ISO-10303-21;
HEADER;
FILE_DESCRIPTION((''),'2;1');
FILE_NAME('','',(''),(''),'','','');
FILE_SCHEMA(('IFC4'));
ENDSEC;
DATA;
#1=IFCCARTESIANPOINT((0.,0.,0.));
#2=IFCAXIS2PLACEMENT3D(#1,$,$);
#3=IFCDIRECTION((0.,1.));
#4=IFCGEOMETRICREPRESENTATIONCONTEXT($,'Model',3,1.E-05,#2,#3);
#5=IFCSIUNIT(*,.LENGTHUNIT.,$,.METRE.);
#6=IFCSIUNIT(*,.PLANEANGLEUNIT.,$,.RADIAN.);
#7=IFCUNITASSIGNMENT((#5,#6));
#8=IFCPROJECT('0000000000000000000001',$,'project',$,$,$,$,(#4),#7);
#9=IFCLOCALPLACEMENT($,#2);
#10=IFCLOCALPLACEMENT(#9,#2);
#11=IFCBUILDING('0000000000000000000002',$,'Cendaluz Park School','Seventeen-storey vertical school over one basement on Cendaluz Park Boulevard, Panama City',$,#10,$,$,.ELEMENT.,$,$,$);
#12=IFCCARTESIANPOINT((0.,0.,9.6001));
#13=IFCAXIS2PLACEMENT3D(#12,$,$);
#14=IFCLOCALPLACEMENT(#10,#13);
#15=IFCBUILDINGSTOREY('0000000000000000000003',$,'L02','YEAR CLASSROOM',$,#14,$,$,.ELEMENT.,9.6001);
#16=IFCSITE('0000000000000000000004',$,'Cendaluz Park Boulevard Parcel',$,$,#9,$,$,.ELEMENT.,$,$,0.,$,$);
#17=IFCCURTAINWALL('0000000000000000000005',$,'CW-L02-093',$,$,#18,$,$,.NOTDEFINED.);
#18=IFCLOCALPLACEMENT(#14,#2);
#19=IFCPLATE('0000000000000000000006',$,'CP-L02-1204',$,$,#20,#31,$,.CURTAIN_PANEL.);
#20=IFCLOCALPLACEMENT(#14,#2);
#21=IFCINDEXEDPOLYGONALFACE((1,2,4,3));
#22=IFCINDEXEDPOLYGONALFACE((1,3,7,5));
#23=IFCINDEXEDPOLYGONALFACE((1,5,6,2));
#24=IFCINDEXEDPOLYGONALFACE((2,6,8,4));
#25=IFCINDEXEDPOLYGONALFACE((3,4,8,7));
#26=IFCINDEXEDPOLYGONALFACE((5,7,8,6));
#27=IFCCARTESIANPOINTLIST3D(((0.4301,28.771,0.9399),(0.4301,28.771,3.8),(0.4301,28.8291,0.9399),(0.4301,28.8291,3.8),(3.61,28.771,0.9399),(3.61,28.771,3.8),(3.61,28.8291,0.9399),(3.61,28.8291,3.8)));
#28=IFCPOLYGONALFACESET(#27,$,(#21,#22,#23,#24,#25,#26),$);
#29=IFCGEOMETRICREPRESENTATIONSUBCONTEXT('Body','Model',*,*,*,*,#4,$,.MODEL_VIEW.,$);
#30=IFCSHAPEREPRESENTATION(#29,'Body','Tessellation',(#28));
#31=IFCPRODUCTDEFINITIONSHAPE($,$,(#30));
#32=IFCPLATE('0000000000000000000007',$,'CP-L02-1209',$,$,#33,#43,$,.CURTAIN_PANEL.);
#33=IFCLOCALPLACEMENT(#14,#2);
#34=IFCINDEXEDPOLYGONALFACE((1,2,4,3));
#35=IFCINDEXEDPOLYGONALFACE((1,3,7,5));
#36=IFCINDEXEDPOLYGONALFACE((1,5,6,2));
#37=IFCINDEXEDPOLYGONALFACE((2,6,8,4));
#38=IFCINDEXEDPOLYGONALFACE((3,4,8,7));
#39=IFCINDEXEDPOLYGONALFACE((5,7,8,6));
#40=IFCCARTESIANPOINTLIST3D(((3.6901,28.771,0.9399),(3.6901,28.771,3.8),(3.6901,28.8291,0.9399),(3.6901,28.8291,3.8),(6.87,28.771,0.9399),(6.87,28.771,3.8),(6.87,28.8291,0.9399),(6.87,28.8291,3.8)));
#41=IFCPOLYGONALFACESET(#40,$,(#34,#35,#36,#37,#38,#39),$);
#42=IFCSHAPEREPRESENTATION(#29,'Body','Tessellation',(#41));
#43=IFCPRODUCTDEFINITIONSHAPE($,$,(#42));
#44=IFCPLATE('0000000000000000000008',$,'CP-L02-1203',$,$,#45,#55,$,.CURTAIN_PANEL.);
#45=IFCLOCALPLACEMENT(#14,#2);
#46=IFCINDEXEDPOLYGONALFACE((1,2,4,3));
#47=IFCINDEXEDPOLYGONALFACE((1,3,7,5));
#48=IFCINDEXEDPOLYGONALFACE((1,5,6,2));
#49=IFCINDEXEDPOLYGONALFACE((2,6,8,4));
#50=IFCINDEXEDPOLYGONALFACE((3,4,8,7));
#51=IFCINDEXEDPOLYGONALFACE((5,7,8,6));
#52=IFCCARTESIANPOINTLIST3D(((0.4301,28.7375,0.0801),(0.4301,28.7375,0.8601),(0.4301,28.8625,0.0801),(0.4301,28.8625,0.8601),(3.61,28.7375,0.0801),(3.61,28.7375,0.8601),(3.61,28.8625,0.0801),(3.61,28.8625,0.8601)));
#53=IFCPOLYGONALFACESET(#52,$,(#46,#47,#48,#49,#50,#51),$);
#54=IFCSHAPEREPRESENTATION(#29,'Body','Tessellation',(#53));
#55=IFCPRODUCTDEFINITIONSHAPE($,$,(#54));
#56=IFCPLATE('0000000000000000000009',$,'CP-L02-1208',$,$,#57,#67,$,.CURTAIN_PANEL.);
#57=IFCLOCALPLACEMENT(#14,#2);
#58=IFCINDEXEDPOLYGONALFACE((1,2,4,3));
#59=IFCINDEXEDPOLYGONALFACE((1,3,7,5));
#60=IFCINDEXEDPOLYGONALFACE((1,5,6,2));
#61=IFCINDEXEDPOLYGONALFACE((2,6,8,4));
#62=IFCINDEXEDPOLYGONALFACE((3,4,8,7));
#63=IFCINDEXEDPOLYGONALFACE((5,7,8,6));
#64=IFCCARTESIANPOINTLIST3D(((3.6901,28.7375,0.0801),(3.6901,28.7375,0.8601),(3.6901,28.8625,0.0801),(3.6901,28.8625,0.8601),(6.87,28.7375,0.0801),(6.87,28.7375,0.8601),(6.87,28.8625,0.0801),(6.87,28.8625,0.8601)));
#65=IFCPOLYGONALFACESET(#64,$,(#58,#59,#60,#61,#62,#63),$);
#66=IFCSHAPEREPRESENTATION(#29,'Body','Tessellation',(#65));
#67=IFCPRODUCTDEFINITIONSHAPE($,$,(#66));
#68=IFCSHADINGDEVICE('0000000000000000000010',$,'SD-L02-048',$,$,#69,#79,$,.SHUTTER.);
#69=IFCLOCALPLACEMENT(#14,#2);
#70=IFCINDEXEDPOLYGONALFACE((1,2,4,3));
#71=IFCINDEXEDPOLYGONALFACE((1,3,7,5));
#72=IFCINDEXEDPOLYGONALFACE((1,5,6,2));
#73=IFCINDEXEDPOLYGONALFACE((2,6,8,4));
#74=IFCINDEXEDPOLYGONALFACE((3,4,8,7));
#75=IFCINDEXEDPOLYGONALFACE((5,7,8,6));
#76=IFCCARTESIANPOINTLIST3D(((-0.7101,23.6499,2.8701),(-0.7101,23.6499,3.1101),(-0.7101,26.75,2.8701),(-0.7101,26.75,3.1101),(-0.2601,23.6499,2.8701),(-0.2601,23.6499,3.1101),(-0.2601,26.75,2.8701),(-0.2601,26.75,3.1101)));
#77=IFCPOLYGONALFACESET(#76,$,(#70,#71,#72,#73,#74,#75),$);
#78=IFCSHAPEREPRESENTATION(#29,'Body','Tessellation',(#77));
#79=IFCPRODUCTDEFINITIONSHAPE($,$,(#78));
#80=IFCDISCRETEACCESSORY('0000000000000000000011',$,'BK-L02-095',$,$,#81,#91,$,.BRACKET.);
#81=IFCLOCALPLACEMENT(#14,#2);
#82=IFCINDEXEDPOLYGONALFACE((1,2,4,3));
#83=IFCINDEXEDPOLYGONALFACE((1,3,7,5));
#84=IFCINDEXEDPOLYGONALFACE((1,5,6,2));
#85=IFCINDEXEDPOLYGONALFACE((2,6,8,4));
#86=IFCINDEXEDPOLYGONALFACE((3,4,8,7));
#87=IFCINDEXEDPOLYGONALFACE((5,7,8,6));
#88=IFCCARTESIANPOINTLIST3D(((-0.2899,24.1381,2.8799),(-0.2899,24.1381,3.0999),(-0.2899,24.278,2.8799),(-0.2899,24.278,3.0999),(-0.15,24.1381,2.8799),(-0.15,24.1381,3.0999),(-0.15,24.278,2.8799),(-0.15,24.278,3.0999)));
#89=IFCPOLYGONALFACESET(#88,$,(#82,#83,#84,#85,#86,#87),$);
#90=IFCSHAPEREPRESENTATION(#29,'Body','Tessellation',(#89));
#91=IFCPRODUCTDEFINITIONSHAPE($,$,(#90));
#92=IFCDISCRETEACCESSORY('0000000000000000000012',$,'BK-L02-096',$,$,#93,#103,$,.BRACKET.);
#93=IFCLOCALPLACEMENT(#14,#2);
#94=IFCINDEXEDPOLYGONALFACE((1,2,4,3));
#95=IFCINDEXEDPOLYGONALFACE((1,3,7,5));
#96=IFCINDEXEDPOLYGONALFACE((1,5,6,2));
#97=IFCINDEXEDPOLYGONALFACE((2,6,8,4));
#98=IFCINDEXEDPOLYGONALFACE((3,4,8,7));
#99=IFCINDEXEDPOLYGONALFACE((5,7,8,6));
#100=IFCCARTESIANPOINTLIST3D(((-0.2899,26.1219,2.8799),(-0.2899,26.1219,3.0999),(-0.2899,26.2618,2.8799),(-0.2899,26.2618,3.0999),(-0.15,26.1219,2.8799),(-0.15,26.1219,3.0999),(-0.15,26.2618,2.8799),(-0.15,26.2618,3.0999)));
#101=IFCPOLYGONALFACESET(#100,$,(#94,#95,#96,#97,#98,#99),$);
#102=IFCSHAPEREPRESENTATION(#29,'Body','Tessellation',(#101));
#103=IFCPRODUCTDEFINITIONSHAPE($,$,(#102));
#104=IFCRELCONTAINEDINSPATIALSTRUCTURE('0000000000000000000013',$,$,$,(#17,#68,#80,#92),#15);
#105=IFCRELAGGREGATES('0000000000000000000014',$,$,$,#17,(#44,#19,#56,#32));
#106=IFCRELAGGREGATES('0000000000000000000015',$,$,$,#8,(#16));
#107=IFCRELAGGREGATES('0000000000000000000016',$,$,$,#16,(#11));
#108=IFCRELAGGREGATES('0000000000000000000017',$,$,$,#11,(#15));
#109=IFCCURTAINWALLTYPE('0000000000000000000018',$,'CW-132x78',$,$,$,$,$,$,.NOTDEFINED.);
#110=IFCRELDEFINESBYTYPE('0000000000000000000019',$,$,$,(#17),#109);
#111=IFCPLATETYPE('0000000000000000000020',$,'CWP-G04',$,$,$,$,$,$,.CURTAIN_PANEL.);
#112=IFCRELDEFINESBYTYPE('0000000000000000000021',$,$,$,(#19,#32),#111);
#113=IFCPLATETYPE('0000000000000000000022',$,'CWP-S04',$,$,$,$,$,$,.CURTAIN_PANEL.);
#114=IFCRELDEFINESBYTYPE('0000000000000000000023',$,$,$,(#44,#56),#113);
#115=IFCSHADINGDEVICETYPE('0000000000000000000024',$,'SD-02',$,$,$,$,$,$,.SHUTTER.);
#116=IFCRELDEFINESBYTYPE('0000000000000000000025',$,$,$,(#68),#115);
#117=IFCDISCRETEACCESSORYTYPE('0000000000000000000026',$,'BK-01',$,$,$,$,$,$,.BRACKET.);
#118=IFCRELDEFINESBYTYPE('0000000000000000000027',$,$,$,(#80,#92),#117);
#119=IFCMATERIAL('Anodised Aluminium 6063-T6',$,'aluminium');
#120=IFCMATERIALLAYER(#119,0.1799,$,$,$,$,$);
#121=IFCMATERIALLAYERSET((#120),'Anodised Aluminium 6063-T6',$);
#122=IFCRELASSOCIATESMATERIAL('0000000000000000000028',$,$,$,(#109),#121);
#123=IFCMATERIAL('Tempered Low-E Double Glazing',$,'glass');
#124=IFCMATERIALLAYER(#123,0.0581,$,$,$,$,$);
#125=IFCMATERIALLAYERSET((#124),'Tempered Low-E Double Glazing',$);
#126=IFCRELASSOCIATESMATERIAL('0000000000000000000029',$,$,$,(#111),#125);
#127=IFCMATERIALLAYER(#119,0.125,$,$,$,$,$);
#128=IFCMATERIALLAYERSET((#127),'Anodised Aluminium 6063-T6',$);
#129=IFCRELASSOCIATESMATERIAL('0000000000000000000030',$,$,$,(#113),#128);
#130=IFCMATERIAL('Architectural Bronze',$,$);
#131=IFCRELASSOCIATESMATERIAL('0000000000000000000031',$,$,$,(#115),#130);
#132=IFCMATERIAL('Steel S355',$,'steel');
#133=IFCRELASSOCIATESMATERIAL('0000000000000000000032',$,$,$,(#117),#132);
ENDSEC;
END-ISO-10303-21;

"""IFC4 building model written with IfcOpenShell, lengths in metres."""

from ifc_helpers import new_model, si_unit, direction, frame, origin, origin_2d, place, context, subcontext, project, spatial, rectangle, extrude, material, layer, layer_set, type_object, element, aggregate, save


model = new_model("IFC4")

# Units and contexts
model_context = context("Model", 3, precision=1e-05, world=origin(), true_north=direction((0.0, 1.0)))
body_context = subcontext(model_context, "Body", "Model", "MODEL_VIEW")
ifc_project = project(units=[si_unit("LENGTHUNIT", "METRE"), si_unit("PLANEANGLEUNIT", "RADIAN")], contexts=[model_context])

# Site, building, storey
site_placement = place(None, origin())
site = spatial("IfcSite", under=ifc_project, at=site_placement, Name="Cendaluz Park Boulevard Parcel", CompositionType="ELEMENT", RefElevation=0.0)
building_placement = place(site_placement, origin())
building = spatial("IfcBuilding", under=site, at=building_placement, Name="Cendaluz Park School", Description="Seventeen-storey vertical school over one basement on Cendaluz Park Boulevard, Panama City", CompositionType="ELEMENT")
storey_placement = place(building_placement, frame((0.0, 0.0, 9.6001)))
storey = spatial("IfcBuildingStorey", under=building, at=storey_placement, Name="L02", Description="YEAR CLASSROOM", CompositionType="ELEMENT", Elevation=9.6001)

# Curtain wall
ifc_material_1 = material(Name="Anodised Aluminium 6063-T6", Category="aluminium")
ifc_layer_1 = layer(ifc_material_1, 0.1799)
ifc_layer_set_1 = layer_set([ifc_layer_1], Name="Anodised Aluminium 6063-T6")
curtain_wall_type = type_object("IfcCurtainWallType", Name="CW-132x78", PredefinedType="NOTDEFINED", material=ifc_layer_set_1)
curtain_wall_placement = place(storey_placement, origin())
curtain_wall = element("IfcCurtainWall", 1, at=curtain_wall_placement, inside=storey, type_object=curtain_wall_type, Name="CW-L02-093", PredefinedType="NOTDEFINED")

# Plates
ifc_material_2 = material(Name="Tempered Low-E Double Glazing", Category="glass")
ifc_layer_2 = layer(ifc_material_2, 0.0581)
ifc_layer_set_2 = layer_set([ifc_layer_2], Name="Tempered Low-E Double Glazing")
plate_type_1 = type_object("IfcPlateType", Name="CWP-G04", PredefinedType="CURTAIN_PANEL", material=ifc_layer_set_2)
plate_1_placement = place(storey_placement, frame((2.02, 28.8, 0.9399), z_axis=(0.0, 0.0, 1.0), x_axis=(1.0, 0.0, 0.0)))
plate_1 = element("IfcPlate", 2, at=plate_1_placement, type_object=plate_type_1, Name="CP-L02-1204", PredefinedType="CURTAIN_PANEL", context=body_context, shape_type="SweptSolid", body=[
    extrude(rectangle(XDim=3.1799, YDim=0.0581, at=origin_2d()), origin(), (0.0, 0.0, 1.0), 2.8601),
])
plate_2_placement = place(storey_placement, frame((5.28, 28.8, 0.9399), z_axis=(0.0, 0.0, 1.0), x_axis=(1.0, 0.0, 0.0)))
plate_2 = element("IfcPlate", 3, at=plate_2_placement, type_object=plate_type_1, Name="CP-L02-1209", PredefinedType="CURTAIN_PANEL", context=body_context, shape_type="SweptSolid", body=[
    extrude(rectangle(XDim=3.1799, YDim=0.0581, at=origin_2d()), origin(), (0.0, 0.0, 1.0), 2.8601),
])
ifc_layer_3 = layer(ifc_material_1, 0.125)
ifc_layer_set_3 = layer_set([ifc_layer_3], Name="Anodised Aluminium 6063-T6")
plate_type_2 = type_object("IfcPlateType", Name="CWP-S04", PredefinedType="CURTAIN_PANEL", material=ifc_layer_set_3)
plate_3_placement = place(storey_placement, frame((2.02, 28.8, 0.0801), z_axis=(0.0, 0.0, 1.0), x_axis=(1.0, 0.0, 0.0)))
plate_3 = element("IfcPlate", 4, at=plate_3_placement, type_object=plate_type_2, Name="CP-L02-1203", PredefinedType="CURTAIN_PANEL", context=body_context, shape_type="SweptSolid", body=[
    extrude(rectangle(XDim=3.1799, YDim=0.125, at=origin_2d()), origin(), (0.0, 0.0, 1.0), 0.78),
])
plate_4_placement = place(storey_placement, frame((5.28, 28.8, 0.0801), z_axis=(0.0, 0.0, 1.0), x_axis=(1.0, 0.0, 0.0)))
plate_4 = element("IfcPlate", 5, at=plate_4_placement, type_object=plate_type_2, Name="CP-L02-1208", PredefinedType="CURTAIN_PANEL", context=body_context, shape_type="SweptSolid", body=[
    extrude(rectangle(XDim=3.1799, YDim=0.125, at=origin_2d()), origin(), (0.0, 0.0, 1.0), 0.78),
])
aggregate(curtain_wall, [plate_3, plate_1, plate_4, plate_2])

# Shading device
ifc_material_3 = material(Name="Architectural Bronze")
shading_device_type = type_object("IfcShadingDeviceType", Name="SD-02", PredefinedType="SHUTTER", material=ifc_material_3)
shading_device_placement = place(storey_placement, frame((-0.4851, 25.2, 2.8701), z_axis=(0.0, 0.0, 1.0), x_axis=(0.0, 1.0, 0.0)))
element("IfcShadingDevice", 6, at=shading_device_placement, inside=storey, type_object=shading_device_type, Name="SD-L02-048", PredefinedType="SHUTTER", context=body_context, shape_type="SweptSolid", body=[
    extrude(rectangle(XDim=3.1001, YDim=0.45, at=origin_2d()), origin(), (0.0, 0.0, 1.0), 0.24),
])

# Discrete accessories
ifc_material_4 = material(Name="Steel S355", Category="steel")
discrete_accessory_type = type_object("IfcDiscreteAccessoryType", Name="BK-01", PredefinedType="BRACKET", material=ifc_material_4)
for number, where, z_axis, x_axis, name in (
    (7, (-0.22, 24.208, 2.8799), (0.0, 0.0, 1.0), (0.0, 1.0, 0.0), "BK-L02-095"),
    (8, (-0.22, 26.1919, 2.8799), (0.0, 0.0, 1.0), (0.0, 1.0, 0.0), "BK-L02-096"),
):
    element("IfcDiscreteAccessory", number, at=place(storey_placement, frame(where, z_axis=z_axis, x_axis=x_axis)), inside=storey, type_object=discrete_accessory_type, Name=name, PredefinedType="BRACKET", context=body_context, shape_type="SweptSolid", body=[
        extrude(rectangle(XDim=0.1399, YDim=0.1399, at=origin_2d()), origin(), (0.0, 0.0, 1.0), 0.22),
    ])

save(model, "model.ifc")
